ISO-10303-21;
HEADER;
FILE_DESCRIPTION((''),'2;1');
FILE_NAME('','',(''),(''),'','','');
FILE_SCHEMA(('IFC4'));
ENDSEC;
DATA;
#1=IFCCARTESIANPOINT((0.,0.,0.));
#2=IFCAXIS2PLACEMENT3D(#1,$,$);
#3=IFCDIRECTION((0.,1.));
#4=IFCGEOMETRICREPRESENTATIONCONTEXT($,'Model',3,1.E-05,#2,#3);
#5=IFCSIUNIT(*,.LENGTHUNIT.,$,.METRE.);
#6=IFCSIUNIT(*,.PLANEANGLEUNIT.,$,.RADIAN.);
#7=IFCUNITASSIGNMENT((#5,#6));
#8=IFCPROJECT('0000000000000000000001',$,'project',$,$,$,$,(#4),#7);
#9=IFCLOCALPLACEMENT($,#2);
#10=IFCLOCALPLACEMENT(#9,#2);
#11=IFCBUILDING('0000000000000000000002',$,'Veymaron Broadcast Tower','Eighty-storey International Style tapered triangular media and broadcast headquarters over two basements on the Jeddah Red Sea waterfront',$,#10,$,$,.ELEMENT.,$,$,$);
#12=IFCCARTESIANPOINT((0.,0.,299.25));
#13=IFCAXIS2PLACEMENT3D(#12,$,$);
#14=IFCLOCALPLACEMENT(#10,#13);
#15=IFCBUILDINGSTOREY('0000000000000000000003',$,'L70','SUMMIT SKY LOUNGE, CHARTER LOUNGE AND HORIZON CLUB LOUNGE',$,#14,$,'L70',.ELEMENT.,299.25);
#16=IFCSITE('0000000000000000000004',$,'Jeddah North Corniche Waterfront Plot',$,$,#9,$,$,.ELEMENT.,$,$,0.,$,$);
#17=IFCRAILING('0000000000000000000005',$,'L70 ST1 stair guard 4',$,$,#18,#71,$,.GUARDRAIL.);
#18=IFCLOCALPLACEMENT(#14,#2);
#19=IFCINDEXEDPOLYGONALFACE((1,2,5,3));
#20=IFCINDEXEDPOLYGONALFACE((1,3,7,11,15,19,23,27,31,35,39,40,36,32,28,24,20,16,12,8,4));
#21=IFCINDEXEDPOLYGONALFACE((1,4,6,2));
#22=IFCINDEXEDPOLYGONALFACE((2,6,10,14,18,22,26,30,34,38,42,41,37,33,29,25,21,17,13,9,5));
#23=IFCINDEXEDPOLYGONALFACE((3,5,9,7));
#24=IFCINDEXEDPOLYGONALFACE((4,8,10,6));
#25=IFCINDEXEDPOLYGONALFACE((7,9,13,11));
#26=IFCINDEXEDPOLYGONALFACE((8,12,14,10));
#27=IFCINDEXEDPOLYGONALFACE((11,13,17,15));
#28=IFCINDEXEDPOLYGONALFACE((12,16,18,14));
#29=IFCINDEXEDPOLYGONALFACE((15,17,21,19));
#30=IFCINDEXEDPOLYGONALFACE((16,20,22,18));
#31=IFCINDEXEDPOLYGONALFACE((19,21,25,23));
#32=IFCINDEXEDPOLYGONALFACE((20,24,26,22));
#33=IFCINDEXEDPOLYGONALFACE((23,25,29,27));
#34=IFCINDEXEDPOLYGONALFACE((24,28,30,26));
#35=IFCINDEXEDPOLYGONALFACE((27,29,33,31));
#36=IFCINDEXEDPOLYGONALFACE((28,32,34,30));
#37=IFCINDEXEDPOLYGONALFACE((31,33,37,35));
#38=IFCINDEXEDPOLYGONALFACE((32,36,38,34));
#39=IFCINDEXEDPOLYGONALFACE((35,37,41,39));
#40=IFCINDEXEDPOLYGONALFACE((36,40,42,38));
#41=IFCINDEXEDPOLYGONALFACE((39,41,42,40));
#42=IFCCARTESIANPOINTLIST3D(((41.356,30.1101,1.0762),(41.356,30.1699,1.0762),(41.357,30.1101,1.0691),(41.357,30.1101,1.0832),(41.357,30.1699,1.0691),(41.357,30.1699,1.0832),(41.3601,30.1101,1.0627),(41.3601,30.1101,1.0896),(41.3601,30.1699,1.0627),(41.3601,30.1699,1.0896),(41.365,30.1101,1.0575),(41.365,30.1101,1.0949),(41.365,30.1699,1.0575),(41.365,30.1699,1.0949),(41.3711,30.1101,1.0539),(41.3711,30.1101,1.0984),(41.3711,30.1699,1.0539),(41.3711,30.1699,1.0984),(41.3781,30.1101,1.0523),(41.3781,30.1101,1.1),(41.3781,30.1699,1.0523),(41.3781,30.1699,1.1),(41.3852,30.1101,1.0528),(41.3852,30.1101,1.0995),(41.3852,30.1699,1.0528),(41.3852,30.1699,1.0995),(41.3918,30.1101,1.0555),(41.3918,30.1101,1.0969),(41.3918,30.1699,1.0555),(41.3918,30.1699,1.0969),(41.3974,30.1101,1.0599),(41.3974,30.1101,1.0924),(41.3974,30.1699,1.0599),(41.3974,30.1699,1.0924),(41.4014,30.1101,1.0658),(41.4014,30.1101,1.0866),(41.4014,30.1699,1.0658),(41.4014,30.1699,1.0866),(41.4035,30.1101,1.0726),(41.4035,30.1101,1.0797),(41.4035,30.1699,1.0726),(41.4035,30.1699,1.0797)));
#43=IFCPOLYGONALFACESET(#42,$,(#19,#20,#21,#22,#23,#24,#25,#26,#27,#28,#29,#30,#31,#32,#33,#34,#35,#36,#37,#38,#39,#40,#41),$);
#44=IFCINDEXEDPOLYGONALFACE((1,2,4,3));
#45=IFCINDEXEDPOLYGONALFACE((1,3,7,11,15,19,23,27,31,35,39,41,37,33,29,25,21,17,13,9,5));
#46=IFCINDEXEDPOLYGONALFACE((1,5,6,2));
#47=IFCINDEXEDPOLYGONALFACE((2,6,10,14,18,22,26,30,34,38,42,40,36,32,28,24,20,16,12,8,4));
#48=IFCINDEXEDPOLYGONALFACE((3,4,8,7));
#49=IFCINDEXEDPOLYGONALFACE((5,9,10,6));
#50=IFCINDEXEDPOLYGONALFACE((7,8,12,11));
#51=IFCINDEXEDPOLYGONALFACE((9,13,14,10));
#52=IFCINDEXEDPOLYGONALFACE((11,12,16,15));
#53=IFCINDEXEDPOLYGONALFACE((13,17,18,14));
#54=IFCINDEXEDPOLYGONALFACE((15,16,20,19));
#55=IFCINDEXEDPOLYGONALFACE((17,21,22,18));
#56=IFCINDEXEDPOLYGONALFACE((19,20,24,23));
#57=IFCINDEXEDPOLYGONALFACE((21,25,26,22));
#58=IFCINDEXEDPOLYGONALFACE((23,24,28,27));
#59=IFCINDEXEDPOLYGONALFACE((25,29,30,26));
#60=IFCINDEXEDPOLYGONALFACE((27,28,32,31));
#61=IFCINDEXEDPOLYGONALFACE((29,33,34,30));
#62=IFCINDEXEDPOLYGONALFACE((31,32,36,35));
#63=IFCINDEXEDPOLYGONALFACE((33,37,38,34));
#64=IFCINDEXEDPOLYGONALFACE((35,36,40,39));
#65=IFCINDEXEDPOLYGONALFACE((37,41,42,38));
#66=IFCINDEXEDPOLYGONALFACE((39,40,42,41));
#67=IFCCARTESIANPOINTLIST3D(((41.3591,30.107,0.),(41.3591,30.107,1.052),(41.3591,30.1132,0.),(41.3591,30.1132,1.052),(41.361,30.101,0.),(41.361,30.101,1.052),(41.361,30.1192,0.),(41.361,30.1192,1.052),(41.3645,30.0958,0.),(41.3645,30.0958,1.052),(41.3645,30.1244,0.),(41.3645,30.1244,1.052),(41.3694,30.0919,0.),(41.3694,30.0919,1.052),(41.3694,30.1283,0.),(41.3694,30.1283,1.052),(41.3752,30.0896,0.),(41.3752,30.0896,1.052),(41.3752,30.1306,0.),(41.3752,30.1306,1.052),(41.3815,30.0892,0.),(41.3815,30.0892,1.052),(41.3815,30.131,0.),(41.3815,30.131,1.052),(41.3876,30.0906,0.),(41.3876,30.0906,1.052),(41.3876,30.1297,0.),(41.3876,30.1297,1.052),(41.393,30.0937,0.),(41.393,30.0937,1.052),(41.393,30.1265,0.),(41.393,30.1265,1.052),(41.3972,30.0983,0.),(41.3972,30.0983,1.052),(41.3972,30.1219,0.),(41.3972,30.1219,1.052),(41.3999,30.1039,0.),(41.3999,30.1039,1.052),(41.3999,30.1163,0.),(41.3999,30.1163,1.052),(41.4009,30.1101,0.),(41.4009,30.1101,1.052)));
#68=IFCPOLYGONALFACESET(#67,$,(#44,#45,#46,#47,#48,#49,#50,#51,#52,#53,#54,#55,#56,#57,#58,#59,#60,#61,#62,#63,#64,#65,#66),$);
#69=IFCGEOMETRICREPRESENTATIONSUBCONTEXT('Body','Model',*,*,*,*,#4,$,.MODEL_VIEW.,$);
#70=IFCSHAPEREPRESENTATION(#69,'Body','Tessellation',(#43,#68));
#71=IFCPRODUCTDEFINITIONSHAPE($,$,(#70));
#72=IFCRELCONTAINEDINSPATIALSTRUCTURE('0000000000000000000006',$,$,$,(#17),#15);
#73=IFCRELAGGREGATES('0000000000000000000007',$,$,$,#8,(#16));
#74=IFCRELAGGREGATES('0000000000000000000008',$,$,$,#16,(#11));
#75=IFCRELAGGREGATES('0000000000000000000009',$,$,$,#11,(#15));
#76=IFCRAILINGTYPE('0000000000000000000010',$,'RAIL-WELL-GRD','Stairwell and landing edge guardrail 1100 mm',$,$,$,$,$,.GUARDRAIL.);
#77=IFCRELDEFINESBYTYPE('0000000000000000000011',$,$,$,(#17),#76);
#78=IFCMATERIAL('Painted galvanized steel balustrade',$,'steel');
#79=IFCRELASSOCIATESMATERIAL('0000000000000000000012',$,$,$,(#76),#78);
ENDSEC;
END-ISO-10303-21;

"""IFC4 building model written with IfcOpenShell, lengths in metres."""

from ifc_helpers import new_model, si_unit, direction, frame, origin, origin_2d, place, context, subcontext, project, spatial, circle, extrude, material, type_object, element, save


model = new_model("IFC4")

# Units and contexts
model_context = context("Model", 3, precision=1e-05, world=origin(), true_north=direction((0.0, 1.0)))
body_context = subcontext(model_context, "Body", "Model", "MODEL_VIEW")
ifc_project = project(units=[si_unit("LENGTHUNIT", "METRE"), si_unit("PLANEANGLEUNIT", "RADIAN")], contexts=[model_context])

# Site, building, storey
site_placement = place(None, origin())
site = spatial("IfcSite", under=ifc_project, at=site_placement, Name="Jeddah North Corniche Waterfront Plot", CompositionType="ELEMENT", RefElevation=0.0)
building_placement = place(site_placement, origin())
building = spatial("IfcBuilding", under=site, at=building_placement, Name="Veymaron Broadcast Tower", Description="Eighty-storey International Style tapered triangular media and broadcast headquarters over two basements on the Jeddah Red Sea waterfront", CompositionType="ELEMENT")
storey_placement = place(building_placement, frame((0.0, 0.0, 299.25)))
storey = spatial("IfcBuildingStorey", under=building, at=storey_placement, Name="L70", Description="SUMMIT SKY LOUNGE, CHARTER LOUNGE AND HORIZON CLUB LOUNGE", LongName="L70", CompositionType="ELEMENT", Elevation=299.25)

# Railing
ifc_material_1 = material(Name="Painted galvanized steel balustrade", Category="steel")
railing_type_1 = type_object("IfcRailingType", Name="RAIL-WELL-GRD", Description="Stairwell and landing edge guardrail 1100 mm", PredefinedType="GUARDRAIL", material=ifc_material_1)
railing_1_placement = place(storey_placement, frame((41.3799, 30.1101, 0.0)))
element("IfcRailing", 1, at=railing_1_placement, inside=storey, type_object=railing_type_1, Name="L70 ST1 stair guard 4", PredefinedType="GUARDRAIL", context=body_context, shape_type="SweptSolid", body=[
    extrude(circle(Radius=0.0239, at=origin_2d()), frame((0.0, 0.0, 1.0762), z_axis=(0.0, 1.0, 0.0), x_axis=(-1.0, 0.0, 0.0)), (0.0, 0.0, 1.0), 0.0598),
    extrude(circle(Radius=0.021, at=origin_2d()), origin(), (0.0, 0.0, 1.0), 1.052),
])

save(model, "model.ifc")
